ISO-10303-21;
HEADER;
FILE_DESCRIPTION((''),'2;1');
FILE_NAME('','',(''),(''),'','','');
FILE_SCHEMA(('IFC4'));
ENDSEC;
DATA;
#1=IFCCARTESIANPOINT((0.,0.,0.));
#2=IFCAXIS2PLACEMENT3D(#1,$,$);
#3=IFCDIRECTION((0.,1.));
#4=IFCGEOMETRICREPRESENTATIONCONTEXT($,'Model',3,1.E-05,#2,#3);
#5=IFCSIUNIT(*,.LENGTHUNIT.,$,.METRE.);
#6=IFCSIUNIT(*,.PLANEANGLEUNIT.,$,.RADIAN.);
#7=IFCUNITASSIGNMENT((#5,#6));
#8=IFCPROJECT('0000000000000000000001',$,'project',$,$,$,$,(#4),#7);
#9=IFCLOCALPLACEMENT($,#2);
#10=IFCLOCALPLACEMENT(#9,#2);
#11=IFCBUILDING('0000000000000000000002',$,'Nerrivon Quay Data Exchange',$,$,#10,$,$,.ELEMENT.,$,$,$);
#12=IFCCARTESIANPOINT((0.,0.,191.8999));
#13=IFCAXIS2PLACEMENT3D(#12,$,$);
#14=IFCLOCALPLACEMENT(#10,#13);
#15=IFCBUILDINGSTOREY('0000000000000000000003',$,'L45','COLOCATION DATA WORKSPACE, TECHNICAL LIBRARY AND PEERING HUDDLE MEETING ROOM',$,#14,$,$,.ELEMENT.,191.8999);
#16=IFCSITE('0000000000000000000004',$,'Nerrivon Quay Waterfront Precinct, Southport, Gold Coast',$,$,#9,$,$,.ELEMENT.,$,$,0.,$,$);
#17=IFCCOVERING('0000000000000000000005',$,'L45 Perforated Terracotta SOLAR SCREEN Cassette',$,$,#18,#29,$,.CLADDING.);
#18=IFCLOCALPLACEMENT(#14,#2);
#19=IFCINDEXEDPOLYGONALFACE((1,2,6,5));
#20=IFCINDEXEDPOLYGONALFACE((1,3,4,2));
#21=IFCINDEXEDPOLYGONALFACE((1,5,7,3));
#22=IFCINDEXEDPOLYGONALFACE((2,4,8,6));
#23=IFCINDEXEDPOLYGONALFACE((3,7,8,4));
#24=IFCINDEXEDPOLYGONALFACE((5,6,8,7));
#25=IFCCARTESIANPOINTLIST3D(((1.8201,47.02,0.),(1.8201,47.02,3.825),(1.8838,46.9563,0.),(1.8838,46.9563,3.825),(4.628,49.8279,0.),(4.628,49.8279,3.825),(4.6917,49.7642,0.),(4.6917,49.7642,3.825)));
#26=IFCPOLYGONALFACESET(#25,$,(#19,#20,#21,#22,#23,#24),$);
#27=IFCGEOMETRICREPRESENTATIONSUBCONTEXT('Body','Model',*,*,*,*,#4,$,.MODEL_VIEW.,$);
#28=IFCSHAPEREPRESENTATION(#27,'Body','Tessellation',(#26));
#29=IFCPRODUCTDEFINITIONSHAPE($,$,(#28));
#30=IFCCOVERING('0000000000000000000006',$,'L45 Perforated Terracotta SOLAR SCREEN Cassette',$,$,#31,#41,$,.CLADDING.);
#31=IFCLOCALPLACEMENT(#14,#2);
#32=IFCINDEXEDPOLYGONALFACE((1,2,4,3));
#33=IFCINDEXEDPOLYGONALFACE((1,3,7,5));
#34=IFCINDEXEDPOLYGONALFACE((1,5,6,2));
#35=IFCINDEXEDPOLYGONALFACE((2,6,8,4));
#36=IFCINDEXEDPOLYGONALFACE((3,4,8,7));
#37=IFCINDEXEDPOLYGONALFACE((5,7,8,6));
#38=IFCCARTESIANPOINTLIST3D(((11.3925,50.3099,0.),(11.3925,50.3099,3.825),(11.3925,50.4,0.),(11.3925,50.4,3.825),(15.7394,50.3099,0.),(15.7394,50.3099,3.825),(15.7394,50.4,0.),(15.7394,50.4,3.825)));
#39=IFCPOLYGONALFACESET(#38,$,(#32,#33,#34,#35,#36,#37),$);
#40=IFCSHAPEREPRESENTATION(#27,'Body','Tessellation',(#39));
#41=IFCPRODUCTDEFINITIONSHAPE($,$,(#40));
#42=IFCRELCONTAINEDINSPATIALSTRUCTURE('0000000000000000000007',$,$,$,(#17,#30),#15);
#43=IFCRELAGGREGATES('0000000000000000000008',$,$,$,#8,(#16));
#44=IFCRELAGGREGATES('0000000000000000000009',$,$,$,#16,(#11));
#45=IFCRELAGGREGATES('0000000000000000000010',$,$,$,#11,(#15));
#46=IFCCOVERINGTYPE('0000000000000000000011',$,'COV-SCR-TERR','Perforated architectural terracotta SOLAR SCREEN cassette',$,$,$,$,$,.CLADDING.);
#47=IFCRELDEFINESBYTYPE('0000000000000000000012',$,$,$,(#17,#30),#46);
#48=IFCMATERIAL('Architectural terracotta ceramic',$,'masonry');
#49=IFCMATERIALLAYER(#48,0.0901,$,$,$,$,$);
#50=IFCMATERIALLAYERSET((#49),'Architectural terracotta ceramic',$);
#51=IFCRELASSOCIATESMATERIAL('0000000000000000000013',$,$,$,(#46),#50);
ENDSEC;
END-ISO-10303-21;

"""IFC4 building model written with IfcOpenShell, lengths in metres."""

from ifc_helpers import new_model, si_unit, direction, frame, origin, origin_2d, place, context, subcontext, project, spatial, rectangle, extrude, material, layer, layer_set, type_object, element, save


model = new_model("IFC4")

# Units and contexts
model_context = context("Model", 3, precision=1e-05, world=origin(), true_north=direction((0.0, 1.0)))
body_context = subcontext(model_context, "Body", "Model", "MODEL_VIEW")
ifc_project = project(units=[si_unit("LENGTHUNIT", "METRE"), si_unit("PLANEANGLEUNIT", "RADIAN")], contexts=[model_context])

# Site, building, storey
site_placement = place(None, origin())
site = spatial("IfcSite", under=ifc_project, at=site_placement, Name="Nerrivon Quay Waterfront Precinct, Southport, Gold Coast", CompositionType="ELEMENT", RefElevation=0.0)
building_placement = place(site_placement, origin())
building = spatial("IfcBuilding", under=site, at=building_placement, Name="Nerrivon Quay Data Exchange", CompositionType="ELEMENT")
storey_placement = place(building_placement, frame((0.0, 0.0, 191.8999)))
storey = spatial("IfcBuildingStorey", under=building, at=storey_placement, Name="L45", Description="COLOCATION DATA WORKSPACE, TECHNICAL LIBRARY AND PEERING HUDDLE MEETING ROOM", CompositionType="ELEMENT", Elevation=191.8999)

# Coverings
ifc_material_1 = material(Name="Architectural terracotta ceramic", Category="masonry")
ifc_layer_1 = layer(ifc_material_1, 0.0901)
ifc_layer_set_1 = layer_set([ifc_layer_1], Name="Architectural terracotta ceramic")
covering_type = type_object("IfcCoveringType", Name="COV-SCR-TERR", Description="Perforated architectural terracotta SOLAR SCREEN cassette", PredefinedType="CLADDING", material=ifc_layer_set_1)
covering_1_placement = place(storey_placement, frame((3.2559, 48.3921, 0.0), z_axis=(0.0, 0.0, 1.0), x_axis=(0.707107, 0.707107, 0.0)))
element("IfcCovering", 1, at=covering_1_placement, inside=storey, type_object=covering_type, Name="L45 Perforated Terracotta SOLAR SCREEN Cassette", PredefinedType="CLADDING", context=body_context, shape_type="SweptSolid", body=[
    extrude(rectangle(XDim=3.9709, YDim=0.0901, at=origin_2d()), origin(), (0.0, 0.0, 1.0), 3.825),
])
covering_2_placement = place(storey_placement, frame((13.5659, 50.355, 0.0), z_axis=(0.0, 0.0, 1.0), x_axis=(1.0, 0.0, 0.0)))
element("IfcCovering", 2, at=covering_2_placement, inside=storey, type_object=covering_type, Name="L45 Perforated Terracotta SOLAR SCREEN Cassette", PredefinedType="CLADDING", context=body_context, shape_type="SweptSolid", body=[
    extrude(rectangle(XDim=4.3469, YDim=0.0901, at=origin_2d()), origin(), (0.0, 0.0, 1.0), 3.825),
])

save(model, "model.ifc")
